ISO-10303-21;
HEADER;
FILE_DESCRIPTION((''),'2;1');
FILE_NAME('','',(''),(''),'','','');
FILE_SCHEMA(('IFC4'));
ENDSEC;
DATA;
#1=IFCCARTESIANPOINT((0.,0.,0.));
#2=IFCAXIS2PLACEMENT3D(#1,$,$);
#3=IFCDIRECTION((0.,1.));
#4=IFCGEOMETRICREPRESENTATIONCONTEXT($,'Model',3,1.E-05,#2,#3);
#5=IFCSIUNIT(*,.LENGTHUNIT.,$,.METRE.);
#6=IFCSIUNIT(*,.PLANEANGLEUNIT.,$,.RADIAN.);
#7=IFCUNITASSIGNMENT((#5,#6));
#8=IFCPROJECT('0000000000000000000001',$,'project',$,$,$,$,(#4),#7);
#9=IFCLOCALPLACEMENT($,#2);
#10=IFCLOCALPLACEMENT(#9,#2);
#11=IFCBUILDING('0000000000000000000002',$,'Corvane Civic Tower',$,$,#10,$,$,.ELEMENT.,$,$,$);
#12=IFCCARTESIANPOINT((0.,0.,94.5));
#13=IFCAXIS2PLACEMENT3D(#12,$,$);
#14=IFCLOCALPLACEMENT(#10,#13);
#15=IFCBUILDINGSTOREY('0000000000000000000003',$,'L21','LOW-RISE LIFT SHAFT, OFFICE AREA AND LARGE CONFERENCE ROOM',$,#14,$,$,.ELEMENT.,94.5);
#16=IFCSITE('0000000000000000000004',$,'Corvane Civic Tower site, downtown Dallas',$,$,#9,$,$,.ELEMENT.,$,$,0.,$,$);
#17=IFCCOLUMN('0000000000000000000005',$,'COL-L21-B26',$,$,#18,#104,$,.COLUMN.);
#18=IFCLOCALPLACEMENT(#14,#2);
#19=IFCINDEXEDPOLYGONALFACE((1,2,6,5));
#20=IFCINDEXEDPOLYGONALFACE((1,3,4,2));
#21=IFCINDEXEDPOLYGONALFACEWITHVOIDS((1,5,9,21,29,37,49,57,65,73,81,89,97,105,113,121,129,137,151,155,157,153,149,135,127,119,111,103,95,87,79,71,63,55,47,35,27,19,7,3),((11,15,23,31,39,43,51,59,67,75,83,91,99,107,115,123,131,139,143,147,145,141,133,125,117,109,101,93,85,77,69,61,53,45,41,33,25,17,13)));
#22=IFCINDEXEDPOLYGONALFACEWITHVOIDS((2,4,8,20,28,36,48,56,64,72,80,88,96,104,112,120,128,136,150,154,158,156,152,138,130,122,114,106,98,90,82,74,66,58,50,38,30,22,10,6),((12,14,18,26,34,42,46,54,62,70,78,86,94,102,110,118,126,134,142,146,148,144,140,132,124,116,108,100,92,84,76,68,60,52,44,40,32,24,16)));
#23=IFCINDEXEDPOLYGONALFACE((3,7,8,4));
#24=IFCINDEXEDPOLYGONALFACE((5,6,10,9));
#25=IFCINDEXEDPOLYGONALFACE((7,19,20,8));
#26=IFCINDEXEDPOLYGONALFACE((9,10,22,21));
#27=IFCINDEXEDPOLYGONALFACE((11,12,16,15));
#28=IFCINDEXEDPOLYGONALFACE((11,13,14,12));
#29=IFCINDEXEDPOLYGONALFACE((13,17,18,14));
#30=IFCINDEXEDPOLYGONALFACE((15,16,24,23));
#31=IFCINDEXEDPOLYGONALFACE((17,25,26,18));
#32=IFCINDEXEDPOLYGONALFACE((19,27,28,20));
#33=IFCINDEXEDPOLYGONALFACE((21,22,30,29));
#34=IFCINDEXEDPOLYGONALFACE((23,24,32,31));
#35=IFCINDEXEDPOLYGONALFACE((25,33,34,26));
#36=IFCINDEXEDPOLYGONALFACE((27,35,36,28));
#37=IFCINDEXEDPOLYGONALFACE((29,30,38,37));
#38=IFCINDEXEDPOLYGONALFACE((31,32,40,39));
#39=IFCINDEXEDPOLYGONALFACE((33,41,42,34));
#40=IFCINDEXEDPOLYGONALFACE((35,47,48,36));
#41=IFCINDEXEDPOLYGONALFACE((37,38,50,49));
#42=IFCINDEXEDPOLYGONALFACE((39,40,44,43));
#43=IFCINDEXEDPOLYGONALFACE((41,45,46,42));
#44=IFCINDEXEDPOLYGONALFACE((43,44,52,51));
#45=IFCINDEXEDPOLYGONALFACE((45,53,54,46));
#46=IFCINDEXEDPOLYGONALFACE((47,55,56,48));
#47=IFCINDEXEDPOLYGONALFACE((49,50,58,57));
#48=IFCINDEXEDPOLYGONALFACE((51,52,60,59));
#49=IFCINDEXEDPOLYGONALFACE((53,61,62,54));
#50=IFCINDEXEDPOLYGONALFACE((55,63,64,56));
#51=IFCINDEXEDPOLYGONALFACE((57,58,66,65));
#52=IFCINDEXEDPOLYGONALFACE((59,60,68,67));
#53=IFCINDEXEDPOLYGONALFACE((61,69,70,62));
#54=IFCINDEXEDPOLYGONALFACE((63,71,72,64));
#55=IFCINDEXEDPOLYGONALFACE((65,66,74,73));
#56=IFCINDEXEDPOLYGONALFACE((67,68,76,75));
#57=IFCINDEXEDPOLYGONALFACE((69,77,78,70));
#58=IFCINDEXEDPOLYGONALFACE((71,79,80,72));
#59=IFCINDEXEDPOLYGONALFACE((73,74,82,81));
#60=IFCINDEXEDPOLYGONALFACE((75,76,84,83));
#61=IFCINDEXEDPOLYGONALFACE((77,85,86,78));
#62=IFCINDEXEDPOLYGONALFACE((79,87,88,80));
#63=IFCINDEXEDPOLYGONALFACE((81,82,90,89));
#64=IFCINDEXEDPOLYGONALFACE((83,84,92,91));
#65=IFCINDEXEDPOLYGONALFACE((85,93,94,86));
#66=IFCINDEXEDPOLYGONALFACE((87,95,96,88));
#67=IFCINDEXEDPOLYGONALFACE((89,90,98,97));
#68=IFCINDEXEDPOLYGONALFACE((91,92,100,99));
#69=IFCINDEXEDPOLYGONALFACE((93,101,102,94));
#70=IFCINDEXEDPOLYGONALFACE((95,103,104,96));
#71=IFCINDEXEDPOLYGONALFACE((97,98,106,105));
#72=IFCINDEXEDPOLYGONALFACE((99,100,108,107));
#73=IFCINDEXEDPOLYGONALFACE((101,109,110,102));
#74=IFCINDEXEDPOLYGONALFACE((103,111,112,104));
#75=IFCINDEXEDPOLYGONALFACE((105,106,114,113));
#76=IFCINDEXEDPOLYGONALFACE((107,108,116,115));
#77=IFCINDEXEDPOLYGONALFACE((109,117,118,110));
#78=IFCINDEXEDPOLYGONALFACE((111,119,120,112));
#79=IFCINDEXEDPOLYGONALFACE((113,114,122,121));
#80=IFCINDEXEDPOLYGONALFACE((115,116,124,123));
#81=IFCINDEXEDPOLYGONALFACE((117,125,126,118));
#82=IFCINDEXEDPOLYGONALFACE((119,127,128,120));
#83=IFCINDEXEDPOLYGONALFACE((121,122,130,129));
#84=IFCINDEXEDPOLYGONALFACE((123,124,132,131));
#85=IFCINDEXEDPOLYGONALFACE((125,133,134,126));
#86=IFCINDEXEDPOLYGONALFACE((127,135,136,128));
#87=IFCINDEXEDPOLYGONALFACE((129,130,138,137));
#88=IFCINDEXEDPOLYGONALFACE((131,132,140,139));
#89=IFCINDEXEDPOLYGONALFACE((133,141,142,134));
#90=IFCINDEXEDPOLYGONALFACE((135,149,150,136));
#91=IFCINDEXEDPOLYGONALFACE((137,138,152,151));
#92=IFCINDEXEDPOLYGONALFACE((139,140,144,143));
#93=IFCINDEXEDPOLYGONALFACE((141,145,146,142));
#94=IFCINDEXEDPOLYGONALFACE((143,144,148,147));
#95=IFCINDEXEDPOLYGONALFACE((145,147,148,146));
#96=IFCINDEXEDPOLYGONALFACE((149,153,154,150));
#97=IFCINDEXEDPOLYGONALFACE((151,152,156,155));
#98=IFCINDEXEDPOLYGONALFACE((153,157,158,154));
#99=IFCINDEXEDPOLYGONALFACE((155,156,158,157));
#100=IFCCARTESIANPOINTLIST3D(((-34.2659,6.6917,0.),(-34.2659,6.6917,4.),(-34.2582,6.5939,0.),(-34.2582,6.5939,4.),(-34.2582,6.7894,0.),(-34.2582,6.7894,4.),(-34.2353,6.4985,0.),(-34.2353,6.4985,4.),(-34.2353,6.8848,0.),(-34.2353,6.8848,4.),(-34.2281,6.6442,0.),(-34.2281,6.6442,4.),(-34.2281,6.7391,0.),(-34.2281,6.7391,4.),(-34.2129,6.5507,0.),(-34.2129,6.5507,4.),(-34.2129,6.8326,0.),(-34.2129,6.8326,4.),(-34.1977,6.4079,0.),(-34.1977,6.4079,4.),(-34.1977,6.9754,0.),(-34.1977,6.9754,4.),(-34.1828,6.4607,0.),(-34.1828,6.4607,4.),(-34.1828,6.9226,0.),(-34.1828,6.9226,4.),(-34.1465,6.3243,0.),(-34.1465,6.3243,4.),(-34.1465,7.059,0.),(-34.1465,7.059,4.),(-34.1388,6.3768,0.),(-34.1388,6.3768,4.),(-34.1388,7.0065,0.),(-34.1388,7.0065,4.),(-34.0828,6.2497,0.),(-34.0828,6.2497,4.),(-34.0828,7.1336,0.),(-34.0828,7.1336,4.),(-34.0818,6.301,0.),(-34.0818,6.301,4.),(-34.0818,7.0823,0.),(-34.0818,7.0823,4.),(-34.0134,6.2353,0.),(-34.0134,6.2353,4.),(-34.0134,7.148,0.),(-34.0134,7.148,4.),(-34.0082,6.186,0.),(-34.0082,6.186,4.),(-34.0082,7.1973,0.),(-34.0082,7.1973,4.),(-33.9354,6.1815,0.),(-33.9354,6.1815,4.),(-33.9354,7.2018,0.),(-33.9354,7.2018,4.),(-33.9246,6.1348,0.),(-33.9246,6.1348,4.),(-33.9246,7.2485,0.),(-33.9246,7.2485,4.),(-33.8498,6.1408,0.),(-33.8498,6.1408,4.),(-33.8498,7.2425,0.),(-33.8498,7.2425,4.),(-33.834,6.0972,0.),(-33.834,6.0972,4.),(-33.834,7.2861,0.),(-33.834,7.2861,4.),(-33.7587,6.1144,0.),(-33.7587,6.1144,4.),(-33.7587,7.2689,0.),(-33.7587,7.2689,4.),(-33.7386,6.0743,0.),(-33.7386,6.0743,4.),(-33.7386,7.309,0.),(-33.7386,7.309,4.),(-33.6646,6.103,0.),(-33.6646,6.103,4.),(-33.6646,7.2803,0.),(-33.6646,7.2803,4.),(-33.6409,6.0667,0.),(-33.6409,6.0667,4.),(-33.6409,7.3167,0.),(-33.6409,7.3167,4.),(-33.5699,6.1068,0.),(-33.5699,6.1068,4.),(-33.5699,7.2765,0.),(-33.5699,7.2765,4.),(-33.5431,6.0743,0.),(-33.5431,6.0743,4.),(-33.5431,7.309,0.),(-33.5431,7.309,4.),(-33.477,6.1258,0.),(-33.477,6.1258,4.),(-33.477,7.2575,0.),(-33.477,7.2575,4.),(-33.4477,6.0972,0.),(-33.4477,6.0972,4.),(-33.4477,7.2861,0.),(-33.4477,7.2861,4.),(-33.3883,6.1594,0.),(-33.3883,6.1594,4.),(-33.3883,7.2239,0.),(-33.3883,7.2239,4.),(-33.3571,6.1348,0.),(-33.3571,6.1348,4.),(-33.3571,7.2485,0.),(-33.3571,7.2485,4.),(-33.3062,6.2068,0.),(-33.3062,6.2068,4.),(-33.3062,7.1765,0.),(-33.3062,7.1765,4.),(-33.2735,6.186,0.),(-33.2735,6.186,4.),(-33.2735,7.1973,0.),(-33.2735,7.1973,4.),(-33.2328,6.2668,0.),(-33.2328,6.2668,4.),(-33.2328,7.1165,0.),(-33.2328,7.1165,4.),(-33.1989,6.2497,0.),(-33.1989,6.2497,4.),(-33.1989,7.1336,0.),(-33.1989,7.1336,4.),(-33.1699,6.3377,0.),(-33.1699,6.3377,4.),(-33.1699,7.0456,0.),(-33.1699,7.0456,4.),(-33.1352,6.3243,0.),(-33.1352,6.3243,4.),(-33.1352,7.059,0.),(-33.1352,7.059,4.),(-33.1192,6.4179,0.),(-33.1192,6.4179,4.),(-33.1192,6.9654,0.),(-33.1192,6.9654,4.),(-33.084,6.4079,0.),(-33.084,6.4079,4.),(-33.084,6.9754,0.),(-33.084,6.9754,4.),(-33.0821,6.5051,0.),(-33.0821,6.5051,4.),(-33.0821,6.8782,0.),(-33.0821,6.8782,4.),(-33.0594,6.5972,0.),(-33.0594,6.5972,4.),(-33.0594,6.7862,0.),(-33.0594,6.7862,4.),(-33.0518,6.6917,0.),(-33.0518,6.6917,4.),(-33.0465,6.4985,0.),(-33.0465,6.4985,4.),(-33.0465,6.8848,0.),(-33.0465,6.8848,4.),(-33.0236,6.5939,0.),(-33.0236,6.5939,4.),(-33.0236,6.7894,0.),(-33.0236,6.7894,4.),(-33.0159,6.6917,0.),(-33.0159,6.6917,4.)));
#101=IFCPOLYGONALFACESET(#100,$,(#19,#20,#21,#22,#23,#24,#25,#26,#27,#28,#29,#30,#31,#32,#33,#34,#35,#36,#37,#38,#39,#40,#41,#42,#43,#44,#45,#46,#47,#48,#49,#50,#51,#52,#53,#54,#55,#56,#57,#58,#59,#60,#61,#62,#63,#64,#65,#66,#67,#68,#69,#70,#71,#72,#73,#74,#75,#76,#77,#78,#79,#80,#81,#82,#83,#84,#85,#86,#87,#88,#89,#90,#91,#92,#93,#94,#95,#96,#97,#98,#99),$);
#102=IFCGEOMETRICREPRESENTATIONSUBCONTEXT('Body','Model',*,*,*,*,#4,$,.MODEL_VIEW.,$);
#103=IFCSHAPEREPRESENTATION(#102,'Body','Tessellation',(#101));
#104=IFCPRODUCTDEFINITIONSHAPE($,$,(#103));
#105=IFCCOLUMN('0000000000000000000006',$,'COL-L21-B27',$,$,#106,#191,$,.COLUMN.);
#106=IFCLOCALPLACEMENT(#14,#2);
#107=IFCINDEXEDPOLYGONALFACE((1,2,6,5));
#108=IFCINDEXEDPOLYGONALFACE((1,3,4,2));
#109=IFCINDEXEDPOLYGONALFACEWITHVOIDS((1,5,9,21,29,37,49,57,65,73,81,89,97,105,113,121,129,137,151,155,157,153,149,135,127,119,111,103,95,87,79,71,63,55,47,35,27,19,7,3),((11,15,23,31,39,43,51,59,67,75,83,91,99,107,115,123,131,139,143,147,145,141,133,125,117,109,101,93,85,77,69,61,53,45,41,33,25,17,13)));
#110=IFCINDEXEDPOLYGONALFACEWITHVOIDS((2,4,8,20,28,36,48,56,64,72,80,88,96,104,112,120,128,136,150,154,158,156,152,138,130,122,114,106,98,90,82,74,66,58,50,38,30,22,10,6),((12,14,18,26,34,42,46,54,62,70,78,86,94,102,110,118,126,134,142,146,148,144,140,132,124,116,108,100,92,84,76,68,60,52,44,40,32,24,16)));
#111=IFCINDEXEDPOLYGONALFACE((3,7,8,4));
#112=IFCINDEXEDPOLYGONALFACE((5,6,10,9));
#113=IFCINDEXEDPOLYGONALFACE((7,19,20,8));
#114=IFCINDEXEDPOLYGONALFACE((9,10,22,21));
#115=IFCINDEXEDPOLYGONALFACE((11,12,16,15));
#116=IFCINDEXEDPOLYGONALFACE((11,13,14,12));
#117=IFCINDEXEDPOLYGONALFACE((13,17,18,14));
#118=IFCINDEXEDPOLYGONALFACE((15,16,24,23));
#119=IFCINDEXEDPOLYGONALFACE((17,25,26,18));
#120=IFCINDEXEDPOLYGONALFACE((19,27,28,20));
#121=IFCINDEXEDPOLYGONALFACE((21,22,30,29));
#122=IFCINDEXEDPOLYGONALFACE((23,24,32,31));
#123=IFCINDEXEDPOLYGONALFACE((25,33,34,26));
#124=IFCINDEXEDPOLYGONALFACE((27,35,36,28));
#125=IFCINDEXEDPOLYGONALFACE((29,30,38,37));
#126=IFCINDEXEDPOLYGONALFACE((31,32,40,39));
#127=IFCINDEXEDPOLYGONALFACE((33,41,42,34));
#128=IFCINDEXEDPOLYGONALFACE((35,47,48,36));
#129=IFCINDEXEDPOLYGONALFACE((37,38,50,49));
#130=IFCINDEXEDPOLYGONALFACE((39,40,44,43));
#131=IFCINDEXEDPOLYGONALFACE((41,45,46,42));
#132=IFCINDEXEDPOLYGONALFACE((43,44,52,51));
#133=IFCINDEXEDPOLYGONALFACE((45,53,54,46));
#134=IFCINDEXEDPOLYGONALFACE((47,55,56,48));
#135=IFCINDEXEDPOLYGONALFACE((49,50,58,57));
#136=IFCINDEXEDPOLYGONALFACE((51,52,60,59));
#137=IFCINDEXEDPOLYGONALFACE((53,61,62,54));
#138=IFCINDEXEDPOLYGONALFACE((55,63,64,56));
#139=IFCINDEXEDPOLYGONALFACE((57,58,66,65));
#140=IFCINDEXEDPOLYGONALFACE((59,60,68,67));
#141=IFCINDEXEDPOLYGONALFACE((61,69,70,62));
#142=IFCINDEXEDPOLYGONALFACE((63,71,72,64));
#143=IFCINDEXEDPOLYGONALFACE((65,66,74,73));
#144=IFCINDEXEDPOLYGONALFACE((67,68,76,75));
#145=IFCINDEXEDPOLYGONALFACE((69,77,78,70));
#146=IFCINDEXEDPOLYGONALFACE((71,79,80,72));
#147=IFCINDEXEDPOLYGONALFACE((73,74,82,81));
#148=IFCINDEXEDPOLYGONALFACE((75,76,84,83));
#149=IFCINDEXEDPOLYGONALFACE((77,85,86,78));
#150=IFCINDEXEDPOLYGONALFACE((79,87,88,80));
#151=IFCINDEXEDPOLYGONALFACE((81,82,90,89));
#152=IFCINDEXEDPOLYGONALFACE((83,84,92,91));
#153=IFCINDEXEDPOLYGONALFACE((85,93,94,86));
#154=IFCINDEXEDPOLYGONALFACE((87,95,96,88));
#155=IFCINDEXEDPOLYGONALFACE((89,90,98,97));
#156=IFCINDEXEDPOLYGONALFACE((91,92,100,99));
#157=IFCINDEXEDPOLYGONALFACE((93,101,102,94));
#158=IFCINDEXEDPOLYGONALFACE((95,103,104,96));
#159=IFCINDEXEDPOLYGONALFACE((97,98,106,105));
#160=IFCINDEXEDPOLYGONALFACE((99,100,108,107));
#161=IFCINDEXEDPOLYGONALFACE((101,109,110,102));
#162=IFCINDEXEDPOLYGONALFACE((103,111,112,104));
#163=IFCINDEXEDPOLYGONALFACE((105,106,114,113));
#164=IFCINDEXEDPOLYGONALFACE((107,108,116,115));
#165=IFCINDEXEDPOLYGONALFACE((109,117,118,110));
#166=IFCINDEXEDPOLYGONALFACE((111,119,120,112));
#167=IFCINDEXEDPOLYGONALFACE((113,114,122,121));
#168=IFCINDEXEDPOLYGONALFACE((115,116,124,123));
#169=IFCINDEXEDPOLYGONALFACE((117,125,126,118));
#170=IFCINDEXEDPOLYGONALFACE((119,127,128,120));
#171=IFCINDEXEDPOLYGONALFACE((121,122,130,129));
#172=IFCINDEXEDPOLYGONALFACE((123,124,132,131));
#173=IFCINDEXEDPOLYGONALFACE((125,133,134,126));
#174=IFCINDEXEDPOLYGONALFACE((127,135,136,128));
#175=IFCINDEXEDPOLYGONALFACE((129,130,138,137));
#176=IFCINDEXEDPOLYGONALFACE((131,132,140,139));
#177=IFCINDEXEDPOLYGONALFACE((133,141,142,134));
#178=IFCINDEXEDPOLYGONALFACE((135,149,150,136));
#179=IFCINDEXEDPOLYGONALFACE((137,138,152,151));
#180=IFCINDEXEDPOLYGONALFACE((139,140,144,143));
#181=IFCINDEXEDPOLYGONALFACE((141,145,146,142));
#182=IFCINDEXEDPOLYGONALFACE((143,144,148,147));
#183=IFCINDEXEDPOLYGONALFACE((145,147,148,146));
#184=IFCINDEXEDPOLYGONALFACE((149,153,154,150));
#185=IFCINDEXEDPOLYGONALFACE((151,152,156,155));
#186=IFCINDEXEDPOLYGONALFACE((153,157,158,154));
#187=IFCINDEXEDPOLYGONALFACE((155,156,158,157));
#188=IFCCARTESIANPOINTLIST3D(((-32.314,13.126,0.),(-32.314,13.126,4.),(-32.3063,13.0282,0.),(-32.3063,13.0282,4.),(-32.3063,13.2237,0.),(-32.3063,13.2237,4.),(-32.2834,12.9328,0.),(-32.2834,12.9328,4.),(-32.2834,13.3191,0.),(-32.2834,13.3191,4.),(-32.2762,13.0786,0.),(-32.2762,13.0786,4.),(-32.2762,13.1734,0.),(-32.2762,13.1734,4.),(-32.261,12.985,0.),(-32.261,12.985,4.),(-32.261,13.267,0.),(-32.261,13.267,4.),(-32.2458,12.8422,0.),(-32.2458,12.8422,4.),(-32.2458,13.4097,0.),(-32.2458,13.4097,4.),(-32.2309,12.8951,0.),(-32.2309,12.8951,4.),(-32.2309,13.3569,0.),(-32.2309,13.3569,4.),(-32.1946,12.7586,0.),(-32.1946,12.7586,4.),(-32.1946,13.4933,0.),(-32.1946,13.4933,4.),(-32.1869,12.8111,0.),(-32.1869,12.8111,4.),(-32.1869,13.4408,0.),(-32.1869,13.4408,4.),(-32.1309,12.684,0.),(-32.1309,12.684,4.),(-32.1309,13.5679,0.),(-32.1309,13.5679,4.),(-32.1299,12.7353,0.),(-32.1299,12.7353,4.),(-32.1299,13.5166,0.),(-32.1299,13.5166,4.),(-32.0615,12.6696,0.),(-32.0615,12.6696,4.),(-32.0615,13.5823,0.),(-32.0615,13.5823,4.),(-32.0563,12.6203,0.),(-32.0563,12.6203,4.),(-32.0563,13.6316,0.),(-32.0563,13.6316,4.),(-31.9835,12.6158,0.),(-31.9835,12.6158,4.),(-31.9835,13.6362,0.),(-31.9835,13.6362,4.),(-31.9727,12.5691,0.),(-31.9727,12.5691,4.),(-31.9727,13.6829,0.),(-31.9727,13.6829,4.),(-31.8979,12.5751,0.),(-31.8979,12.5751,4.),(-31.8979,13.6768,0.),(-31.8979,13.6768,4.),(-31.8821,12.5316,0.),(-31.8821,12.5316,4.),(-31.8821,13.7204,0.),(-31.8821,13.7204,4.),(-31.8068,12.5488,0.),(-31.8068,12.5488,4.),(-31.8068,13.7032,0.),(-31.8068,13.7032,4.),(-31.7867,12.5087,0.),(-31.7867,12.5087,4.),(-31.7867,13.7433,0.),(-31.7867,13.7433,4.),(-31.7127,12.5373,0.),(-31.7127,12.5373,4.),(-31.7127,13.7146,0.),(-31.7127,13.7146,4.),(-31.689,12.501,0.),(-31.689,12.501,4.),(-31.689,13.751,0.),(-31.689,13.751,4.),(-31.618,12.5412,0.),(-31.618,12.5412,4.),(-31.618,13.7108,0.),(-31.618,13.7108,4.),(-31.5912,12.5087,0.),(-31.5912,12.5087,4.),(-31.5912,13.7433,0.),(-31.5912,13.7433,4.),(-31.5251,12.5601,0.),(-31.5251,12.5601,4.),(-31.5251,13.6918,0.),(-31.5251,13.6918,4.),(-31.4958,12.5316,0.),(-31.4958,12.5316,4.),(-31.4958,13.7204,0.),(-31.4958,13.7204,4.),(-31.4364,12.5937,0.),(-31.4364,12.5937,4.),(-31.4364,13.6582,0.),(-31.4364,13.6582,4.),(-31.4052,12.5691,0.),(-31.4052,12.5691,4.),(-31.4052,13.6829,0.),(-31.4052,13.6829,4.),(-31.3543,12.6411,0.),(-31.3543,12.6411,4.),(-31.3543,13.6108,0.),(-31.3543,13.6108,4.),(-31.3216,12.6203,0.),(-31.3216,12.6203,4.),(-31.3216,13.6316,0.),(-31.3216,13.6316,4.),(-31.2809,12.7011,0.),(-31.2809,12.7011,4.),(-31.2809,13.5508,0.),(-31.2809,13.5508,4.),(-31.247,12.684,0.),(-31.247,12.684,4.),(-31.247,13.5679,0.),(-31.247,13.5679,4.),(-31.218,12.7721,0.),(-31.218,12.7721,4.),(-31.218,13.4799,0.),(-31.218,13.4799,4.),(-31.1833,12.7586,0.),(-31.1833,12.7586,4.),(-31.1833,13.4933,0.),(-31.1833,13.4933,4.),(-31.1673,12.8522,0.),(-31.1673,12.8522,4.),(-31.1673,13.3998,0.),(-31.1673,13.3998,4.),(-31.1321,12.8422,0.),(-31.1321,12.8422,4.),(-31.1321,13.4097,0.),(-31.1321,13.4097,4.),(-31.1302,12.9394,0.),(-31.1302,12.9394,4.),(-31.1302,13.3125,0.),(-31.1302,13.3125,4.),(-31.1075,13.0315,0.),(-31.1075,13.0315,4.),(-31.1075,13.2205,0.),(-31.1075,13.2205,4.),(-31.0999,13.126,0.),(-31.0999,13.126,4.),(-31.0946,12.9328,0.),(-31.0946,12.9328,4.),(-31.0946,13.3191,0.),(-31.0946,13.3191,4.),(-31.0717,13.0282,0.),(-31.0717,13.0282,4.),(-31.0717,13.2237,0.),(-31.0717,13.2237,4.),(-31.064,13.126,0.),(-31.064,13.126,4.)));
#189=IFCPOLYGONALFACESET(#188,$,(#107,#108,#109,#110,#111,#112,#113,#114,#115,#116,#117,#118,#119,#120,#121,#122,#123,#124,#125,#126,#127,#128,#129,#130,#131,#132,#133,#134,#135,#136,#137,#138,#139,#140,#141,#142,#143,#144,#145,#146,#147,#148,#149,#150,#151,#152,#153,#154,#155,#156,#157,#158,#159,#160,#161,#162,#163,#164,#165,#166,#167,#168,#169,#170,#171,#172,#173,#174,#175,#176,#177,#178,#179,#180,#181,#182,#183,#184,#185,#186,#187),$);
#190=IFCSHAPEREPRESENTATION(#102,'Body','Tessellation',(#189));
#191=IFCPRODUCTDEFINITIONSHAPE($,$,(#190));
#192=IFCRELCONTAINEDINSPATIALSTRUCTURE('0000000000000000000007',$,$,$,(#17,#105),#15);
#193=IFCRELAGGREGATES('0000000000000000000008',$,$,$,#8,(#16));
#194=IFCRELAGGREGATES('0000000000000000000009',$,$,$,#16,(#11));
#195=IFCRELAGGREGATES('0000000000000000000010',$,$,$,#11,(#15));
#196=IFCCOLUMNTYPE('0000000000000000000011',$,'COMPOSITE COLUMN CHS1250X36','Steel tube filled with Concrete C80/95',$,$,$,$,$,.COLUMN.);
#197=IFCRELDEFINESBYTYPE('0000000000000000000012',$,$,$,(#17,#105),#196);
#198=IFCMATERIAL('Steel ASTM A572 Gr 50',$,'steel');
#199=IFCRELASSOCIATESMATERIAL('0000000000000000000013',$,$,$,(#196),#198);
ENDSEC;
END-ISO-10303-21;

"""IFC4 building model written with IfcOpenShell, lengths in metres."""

from ifc_helpers import new_model, si_unit, direction, frame, origin, origin_2d, place, context, subcontext, project, spatial, hollow_circle, extrude, material, material_profile, profile_set, type_object, element, save


model = new_model("IFC4")

# Units and contexts
model_context = context("Model", 3, precision=1e-05, world=origin(), true_north=direction((0.0, 1.0)))
body_context = subcontext(model_context, "Body", "Model", "MODEL_VIEW")
ifc_project = project(units=[si_unit("LENGTHUNIT", "METRE"), si_unit("PLANEANGLEUNIT", "RADIAN")], contexts=[model_context])

# Site, building, storey
site_placement = place(None, origin())
site = spatial("IfcSite", under=ifc_project, at=site_placement, Name="Corvane Civic Tower site, downtown Dallas", CompositionType="ELEMENT", RefElevation=0.0)
building_placement = place(site_placement, origin())
building = spatial("IfcBuilding", under=site, at=building_placement, Name="Corvane Civic Tower", CompositionType="ELEMENT")
storey_placement = place(building_placement, frame((0.0, 0.0, 94.5)))
storey = spatial("IfcBuildingStorey", under=building, at=storey_placement, Name="L21", Description="LOW-RISE LIFT SHAFT, OFFICE AREA AND LARGE CONFERENCE ROOM", CompositionType="ELEMENT", Elevation=94.5)

# Columns
ifc_material_1 = material(Name="Steel ASTM A572 Gr 50", Category="steel")
ifc_material_profile_1 = material_profile(ifc_material_1, hollow_circle(Radius=0.625, WallThickness=0.0359, at=origin_2d()), Name="CHS1250X36")
ifc_profile_set_1 = profile_set([ifc_material_profile_1], Name="Steel ASTM A572 Gr 50")
column_type = type_object("IfcColumnType", Name="COMPOSITE COLUMN CHS1250X36", Description="Steel tube filled with Concrete C80/95", PredefinedType="COLUMN", material=ifc_profile_set_1)
for number, where, z_axis, x_axis, name in (
    (1, (-33.6409, 6.6917, 0.0), (0.0, 0.0, 1.0), (1.0, 0.0, 0.0), "COL-L21-B26"),
    (2, (-31.689, 13.126, 0.0), (0.0, 0.0, 1.0), (1.0, 0.0, 0.0), "COL-L21-B27"),
):
    element("IfcColumn", number, at=place(storey_placement, frame(where, z_axis=z_axis, x_axis=x_axis)), inside=storey, type_object=column_type, Name=name, PredefinedType="COLUMN", context=body_context, shape_type="SweptSolid", body=[
        extrude(hollow_circle(Radius=0.625, WallThickness=0.0359, at=origin_2d()), origin(), (0.0, 0.0, 1.0), 4.0),
    ])

save(model, "model.ifc")
